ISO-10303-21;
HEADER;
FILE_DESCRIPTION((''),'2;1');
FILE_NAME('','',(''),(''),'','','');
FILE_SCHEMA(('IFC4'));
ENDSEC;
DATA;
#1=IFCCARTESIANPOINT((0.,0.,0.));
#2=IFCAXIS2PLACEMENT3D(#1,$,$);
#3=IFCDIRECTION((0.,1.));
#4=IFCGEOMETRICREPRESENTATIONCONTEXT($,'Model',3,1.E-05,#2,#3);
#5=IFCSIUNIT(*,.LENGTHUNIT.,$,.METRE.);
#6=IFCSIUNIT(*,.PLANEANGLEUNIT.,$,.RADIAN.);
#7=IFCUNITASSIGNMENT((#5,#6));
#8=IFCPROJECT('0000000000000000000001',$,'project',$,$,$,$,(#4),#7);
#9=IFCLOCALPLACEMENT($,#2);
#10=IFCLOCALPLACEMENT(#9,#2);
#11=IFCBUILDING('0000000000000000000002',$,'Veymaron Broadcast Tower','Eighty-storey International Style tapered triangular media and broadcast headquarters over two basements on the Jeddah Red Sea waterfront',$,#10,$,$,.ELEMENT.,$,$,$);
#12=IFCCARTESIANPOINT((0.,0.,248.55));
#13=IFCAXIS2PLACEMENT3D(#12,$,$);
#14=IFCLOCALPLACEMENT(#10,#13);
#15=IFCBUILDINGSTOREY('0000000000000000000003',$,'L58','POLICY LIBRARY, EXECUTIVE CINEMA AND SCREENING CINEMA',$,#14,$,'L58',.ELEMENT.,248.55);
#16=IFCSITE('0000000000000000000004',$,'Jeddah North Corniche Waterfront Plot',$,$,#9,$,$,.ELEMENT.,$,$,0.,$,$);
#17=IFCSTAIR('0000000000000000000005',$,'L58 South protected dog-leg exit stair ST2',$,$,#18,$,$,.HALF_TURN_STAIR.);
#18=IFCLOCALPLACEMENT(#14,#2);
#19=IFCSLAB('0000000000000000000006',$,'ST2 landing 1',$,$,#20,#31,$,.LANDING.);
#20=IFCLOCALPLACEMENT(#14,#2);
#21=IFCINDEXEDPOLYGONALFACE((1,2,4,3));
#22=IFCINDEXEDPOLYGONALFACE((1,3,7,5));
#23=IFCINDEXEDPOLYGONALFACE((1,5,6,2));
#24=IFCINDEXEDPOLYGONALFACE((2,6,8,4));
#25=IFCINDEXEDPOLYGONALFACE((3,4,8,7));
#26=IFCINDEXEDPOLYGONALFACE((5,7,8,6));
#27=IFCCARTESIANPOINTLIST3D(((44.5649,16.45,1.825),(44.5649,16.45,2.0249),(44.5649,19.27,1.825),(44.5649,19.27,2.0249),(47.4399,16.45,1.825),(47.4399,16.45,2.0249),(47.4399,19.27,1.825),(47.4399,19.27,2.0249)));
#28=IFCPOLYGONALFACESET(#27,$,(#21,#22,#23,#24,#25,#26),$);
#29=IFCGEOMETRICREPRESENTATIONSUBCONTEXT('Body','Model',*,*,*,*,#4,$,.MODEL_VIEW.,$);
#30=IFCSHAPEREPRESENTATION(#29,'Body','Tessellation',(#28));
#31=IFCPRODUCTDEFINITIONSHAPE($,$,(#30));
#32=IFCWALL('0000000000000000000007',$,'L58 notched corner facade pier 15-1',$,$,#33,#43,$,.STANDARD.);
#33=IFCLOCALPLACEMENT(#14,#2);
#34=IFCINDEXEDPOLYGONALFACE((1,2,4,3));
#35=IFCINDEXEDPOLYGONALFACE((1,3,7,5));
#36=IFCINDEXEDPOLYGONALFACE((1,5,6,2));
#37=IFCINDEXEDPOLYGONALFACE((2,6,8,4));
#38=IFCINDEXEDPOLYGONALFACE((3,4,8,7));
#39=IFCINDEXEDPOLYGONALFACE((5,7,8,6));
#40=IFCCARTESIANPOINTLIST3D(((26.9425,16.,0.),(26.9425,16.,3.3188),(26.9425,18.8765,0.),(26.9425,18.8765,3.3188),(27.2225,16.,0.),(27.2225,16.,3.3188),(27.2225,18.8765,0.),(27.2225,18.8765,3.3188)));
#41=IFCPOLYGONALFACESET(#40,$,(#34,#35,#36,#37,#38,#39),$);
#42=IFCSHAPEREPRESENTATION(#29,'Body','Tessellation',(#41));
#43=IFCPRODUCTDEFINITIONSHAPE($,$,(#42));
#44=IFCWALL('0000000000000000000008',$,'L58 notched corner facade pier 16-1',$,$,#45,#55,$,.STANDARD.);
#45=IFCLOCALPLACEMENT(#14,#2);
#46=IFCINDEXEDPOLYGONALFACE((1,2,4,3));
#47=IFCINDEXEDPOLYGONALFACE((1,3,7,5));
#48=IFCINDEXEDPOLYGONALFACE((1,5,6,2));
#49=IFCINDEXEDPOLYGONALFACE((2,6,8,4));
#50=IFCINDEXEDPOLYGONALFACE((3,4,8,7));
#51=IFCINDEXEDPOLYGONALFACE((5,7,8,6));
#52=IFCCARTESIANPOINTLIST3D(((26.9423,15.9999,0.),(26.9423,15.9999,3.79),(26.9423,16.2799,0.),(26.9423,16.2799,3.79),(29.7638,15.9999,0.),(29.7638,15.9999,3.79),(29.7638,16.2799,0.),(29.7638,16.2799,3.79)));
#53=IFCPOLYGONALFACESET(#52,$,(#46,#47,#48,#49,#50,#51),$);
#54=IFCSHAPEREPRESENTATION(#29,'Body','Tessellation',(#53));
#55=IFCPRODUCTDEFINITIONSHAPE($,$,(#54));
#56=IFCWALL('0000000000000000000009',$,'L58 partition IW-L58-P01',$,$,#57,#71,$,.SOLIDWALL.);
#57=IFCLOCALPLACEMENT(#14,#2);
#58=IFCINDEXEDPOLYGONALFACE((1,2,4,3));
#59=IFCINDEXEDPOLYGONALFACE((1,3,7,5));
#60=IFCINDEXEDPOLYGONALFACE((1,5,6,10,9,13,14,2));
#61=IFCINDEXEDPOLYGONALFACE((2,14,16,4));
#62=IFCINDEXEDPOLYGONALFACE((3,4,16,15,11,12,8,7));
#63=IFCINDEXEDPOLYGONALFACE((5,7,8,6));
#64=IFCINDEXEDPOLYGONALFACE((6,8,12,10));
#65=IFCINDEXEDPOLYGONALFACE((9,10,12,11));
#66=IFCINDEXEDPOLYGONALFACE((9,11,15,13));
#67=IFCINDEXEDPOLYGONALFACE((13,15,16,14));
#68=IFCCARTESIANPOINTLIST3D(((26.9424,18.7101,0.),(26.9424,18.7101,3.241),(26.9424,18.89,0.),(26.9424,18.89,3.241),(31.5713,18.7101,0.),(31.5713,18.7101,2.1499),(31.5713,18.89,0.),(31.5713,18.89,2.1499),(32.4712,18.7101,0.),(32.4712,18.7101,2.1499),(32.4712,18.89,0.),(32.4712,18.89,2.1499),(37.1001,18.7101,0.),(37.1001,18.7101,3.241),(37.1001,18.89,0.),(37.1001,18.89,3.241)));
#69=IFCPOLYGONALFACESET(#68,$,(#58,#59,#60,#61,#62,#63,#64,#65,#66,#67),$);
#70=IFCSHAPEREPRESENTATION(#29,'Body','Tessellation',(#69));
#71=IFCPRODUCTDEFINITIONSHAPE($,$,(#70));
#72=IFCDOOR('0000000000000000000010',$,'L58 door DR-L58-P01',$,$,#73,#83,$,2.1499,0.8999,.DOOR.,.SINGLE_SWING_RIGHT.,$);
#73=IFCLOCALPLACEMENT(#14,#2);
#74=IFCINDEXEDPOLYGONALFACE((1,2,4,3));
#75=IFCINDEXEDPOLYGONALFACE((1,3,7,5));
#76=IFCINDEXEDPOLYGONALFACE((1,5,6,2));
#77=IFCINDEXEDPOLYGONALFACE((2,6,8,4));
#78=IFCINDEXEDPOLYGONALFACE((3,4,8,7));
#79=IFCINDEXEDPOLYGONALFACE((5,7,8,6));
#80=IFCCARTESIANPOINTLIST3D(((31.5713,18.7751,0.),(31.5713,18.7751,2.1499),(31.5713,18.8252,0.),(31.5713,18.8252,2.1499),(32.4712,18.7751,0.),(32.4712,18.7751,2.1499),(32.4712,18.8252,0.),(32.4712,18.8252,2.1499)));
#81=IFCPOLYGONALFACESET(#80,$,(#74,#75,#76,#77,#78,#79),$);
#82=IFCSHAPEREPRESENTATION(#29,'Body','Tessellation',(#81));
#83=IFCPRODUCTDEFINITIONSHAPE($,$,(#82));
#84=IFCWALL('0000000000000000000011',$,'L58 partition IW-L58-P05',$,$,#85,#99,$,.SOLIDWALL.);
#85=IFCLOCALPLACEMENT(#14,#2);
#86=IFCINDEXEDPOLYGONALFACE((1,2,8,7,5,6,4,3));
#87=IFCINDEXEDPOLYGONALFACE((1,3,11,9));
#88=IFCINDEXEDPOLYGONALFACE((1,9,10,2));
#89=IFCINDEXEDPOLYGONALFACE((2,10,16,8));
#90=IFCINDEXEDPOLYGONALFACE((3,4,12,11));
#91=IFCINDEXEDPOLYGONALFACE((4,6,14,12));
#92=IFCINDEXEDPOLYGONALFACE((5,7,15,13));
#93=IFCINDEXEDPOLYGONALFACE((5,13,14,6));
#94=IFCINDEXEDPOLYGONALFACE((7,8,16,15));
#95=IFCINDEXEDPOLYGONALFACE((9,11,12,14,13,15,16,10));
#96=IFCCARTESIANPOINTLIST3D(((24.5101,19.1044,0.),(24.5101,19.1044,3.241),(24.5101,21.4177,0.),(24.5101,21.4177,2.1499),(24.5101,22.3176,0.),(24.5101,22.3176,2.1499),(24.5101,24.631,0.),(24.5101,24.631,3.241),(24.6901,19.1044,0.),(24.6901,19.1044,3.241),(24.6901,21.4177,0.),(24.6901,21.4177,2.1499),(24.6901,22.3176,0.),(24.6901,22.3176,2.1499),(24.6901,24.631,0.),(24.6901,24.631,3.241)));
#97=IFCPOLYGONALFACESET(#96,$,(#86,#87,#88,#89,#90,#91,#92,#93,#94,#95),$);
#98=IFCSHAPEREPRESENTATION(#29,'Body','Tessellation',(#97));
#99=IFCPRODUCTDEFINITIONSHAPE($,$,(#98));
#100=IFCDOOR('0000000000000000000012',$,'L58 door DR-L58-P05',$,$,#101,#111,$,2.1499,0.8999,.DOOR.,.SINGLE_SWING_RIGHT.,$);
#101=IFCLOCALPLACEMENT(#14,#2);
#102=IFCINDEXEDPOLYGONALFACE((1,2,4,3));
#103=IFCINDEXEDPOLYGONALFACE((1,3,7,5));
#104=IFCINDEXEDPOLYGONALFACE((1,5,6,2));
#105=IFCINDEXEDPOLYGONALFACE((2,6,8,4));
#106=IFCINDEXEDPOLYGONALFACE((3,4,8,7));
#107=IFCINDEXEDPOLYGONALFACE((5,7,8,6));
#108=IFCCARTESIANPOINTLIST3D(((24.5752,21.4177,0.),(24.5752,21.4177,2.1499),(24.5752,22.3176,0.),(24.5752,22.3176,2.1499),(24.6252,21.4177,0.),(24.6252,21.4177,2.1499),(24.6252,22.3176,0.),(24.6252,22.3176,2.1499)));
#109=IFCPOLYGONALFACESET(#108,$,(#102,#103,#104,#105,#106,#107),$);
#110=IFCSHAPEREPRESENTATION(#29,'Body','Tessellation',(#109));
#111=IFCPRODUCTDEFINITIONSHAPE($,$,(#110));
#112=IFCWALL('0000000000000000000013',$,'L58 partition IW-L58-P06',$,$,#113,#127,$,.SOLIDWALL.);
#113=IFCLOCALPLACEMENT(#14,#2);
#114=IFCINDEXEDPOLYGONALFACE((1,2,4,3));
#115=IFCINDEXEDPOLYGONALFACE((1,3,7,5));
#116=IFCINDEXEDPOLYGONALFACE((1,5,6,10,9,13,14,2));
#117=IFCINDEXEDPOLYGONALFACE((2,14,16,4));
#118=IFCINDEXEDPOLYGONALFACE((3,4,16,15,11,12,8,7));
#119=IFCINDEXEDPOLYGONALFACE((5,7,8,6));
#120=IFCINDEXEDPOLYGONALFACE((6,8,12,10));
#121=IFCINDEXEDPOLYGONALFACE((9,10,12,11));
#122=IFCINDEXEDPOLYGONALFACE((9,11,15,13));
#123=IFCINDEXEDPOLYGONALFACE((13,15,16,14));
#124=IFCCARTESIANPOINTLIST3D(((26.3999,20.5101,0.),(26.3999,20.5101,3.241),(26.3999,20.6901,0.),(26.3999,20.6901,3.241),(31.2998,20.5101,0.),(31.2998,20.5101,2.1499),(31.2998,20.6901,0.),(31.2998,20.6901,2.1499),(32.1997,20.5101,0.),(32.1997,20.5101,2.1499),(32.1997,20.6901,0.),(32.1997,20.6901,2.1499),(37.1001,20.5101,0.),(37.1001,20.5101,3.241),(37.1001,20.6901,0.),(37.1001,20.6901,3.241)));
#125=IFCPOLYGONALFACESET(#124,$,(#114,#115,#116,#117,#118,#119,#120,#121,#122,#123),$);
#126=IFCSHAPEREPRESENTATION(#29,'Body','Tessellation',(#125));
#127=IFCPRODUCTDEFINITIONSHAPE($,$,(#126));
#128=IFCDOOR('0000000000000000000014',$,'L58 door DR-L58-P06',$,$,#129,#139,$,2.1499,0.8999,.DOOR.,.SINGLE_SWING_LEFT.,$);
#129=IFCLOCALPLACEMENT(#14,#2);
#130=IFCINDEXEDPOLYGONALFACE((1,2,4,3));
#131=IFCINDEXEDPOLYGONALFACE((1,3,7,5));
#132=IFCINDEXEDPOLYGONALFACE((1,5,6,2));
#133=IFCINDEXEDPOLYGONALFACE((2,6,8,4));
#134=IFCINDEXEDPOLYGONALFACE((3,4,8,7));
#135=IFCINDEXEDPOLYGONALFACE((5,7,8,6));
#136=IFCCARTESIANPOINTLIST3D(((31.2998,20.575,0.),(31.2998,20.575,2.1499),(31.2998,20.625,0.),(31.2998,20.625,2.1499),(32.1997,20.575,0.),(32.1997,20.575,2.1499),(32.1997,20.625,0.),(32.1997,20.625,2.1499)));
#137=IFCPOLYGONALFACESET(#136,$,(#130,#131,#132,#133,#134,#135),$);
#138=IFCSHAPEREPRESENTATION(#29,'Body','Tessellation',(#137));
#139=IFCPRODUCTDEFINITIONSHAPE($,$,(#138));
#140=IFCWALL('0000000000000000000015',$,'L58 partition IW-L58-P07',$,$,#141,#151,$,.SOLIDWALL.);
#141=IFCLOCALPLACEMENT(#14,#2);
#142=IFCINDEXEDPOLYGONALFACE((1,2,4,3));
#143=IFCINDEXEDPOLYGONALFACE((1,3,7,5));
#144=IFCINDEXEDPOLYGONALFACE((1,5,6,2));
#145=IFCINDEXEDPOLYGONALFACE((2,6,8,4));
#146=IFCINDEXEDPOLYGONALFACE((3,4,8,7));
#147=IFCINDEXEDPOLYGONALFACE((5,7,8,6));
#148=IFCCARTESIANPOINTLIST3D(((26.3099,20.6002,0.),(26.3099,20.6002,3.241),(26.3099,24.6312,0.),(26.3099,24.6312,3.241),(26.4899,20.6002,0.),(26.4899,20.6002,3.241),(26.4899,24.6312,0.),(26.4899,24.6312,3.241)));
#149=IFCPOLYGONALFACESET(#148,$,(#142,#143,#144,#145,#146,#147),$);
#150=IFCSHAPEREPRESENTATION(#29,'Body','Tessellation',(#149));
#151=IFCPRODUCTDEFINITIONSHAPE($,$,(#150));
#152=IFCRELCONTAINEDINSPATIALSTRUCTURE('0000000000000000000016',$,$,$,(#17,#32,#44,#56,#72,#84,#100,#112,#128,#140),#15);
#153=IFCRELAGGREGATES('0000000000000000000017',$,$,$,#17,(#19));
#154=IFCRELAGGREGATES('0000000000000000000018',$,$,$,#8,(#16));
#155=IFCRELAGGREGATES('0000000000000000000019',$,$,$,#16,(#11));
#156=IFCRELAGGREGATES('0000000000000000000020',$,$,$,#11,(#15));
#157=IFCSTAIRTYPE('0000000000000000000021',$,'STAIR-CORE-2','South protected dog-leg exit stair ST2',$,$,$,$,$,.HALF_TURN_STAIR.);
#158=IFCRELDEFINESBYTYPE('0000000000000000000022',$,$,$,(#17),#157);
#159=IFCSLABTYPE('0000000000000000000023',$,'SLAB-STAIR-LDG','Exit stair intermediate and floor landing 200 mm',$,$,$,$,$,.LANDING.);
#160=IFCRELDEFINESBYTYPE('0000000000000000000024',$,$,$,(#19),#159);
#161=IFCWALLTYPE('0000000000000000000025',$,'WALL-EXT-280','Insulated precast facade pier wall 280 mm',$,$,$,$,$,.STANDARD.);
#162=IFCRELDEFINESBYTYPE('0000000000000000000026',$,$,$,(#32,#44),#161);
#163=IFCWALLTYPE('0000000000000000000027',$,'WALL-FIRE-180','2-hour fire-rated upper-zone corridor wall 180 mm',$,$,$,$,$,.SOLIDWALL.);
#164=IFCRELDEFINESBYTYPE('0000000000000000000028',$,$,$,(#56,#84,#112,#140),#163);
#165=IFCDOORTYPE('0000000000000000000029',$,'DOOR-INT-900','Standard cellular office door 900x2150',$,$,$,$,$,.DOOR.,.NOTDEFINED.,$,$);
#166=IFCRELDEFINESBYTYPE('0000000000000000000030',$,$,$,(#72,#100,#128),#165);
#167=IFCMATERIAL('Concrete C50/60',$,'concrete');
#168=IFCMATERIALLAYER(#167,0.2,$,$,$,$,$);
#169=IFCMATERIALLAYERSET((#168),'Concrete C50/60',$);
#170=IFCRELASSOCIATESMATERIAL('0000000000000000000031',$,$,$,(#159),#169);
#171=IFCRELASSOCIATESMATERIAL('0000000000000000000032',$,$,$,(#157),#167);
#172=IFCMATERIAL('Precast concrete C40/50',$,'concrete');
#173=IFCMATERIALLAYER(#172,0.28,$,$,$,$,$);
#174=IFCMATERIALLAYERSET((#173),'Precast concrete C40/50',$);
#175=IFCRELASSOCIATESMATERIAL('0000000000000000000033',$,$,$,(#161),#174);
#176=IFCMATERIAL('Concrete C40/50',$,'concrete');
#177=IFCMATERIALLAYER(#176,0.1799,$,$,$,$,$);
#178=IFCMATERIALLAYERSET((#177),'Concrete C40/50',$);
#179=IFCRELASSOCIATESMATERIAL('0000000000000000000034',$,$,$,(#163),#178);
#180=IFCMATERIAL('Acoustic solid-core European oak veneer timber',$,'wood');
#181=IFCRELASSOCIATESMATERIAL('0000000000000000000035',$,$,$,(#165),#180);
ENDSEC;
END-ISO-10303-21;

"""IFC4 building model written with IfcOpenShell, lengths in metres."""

from ifc_helpers import new_model, si_unit, direction, frame, frame_2d, origin, place, context, subcontext, project, spatial, polyline, rectangle, outline, extrude, material, layer, layer_set, type_object, element, fill, aggregate, save


model = new_model("IFC4")

# Units and contexts
model_context = context("Model", 3, precision=1e-05, world=origin(), true_north=direction((0.0, 1.0)))
body_context = subcontext(model_context, "Body", "Model", "MODEL_VIEW")
ifc_project = project(units=[si_unit("LENGTHUNIT", "METRE"), si_unit("PLANEANGLEUNIT", "RADIAN")], contexts=[model_context])

# Site, building, storey
site_placement = place(None, origin())
site = spatial("IfcSite", under=ifc_project, at=site_placement, Name="Jeddah North Corniche Waterfront Plot", CompositionType="ELEMENT", RefElevation=0.0)
building_placement = place(site_placement, origin())
building = spatial("IfcBuilding", under=site, at=building_placement, Name="Veymaron Broadcast Tower", Description="Eighty-storey International Style tapered triangular media and broadcast headquarters over two basements on the Jeddah Red Sea waterfront", CompositionType="ELEMENT")
storey_placement = place(building_placement, frame((0.0, 0.0, 248.55)))
storey = spatial("IfcBuildingStorey", under=building, at=storey_placement, Name="L58", Description="POLICY LIBRARY, EXECUTIVE CINEMA AND SCREENING CINEMA", LongName="L58", CompositionType="ELEMENT", Elevation=248.55)

# Shared definitions
ifc_material_1 = material(Name="Concrete C40/50", Category="concrete")

# Stair, slab
ifc_material_2 = material(Name="Concrete C50/60", Category="concrete")
ifc_layer_1 = layer(ifc_material_2, 0.2)
ifc_layer_set_1 = layer_set([ifc_layer_1], Name="Concrete C50/60")
slab_type_1 = type_object("IfcSlabType", Name="SLAB-STAIR-LDG", Description="Exit stair intermediate and floor landing 200 mm", PredefinedType="LANDING", material=ifc_layer_set_1)
stair_type_1 = type_object("IfcStairType", Name="STAIR-CORE-2", Description="South protected dog-leg exit stair ST2", PredefinedType="HALF_TURN_STAIR", material=ifc_material_2)
stair_1_placement = place(storey_placement, origin())
stair_1 = element("IfcStair", 1, at=stair_1_placement, inside=storey, type_object=stair_type_1, Name="L58 South protected dog-leg exit stair ST2", PredefinedType="HALF_TURN_STAIR")
slab_1_placement = place(storey_placement, frame((0.0, 0.0, 1.825)))
slab_1 = element("IfcSlab", 2, at=slab_1_placement, type_object=slab_type_1, Name="ST2 landing 1", PredefinedType="LANDING", context=body_context, shape_type="SweptSolid", body=[
    extrude(outline(polyline([(44.5649, 16.45), (47.4399, 16.45), (47.4399, 19.27), (44.5649, 19.27), (44.5649, 16.45)])), origin(), (0.0, 0.0, 1.0), 0.2),
])
aggregate(stair_1, [slab_1])

# Walls
ifc_material_3 = material(Name="Precast concrete C40/50", Category="concrete")
ifc_layer_2 = layer(ifc_material_3, 0.28)
ifc_layer_set_2 = layer_set([ifc_layer_2], Name="Precast concrete C40/50")
wall_type_1 = type_object("IfcWallType", Name="WALL-EXT-280", Description="Insulated precast facade pier wall 280 mm", PredefinedType="STANDARD", material=ifc_layer_set_2)
wall_1_placement = place(storey_placement, frame((27.0825, 18.8765, 0.0), z_axis=(0.0, 0.0, 1.0), x_axis=(0.0, -1.0, 0.0)))
element("IfcWall", 3, at=wall_1_placement, inside=storey, type_object=wall_type_1, Name="L58 notched corner facade pier 15-1", PredefinedType="STANDARD", context=body_context, shape_type="SweptSolid", body=[
    extrude(rectangle(XDim=2.8765, YDim=0.28, at=frame_2d((1.4382, 0.0))), origin(), (0.0, 0.0, 1.0), 3.3188),
])
wall_2_placement = place(storey_placement, frame((26.9424, 16.1399, 0.0), z_axis=(0.0, 0.0, 1.0), x_axis=(1.0, 0.0, 0.0)))
element("IfcWall", 4, at=wall_2_placement, inside=storey, type_object=wall_type_1, Name="L58 notched corner facade pier 16-1", PredefinedType="STANDARD", context=body_context, shape_type="SweptSolid", body=[
    extrude(rectangle(XDim=2.8215, YDim=0.28, at=frame_2d((1.4106, 0.0))), origin(), (0.0, 0.0, 1.0), 3.79),
])

# Walls, openings, doors
ifc_layer_3 = layer(ifc_material_1, 0.1799)
ifc_layer_set_3 = layer_set([ifc_layer_3], Name="Concrete C40/50")
wall_type_2 = type_object("IfcWallType", Name="WALL-FIRE-180", Description="2-hour fire-rated upper-zone corridor wall 180 mm", PredefinedType="SOLIDWALL", material=ifc_layer_set_3)
wall_3_placement = place(storey_placement, frame((26.9424, 18.8, 0.0), z_axis=(0.0, 0.0, 1.0), x_axis=(1.0, 0.0, 0.0)))
wall_3 = element("IfcWall", 5, at=wall_3_placement, inside=storey, type_object=wall_type_2, Name="L58 partition IW-L58-P01", PredefinedType="SOLIDWALL", context=body_context, shape_type="SweptSolid", body=[
    extrude(rectangle(XDim=10.1577, YDim=0.1799, at=frame_2d((5.0789, 0.0))), origin(), (0.0, 0.0, 1.0), 3.241),
])
opening_1_placement = place(wall_3_placement, frame((4.6289, 0.0, 0.0)))
opening_1 = element("IfcOpeningElement", 6, at=opening_1_placement, cuts=wall_3, PredefinedType="OPENING", context=body_context, shape_type="SweptSolid", body=[
    extrude(rectangle(XDim=0.8999, YDim=2.1499, at=frame_2d((0.45, 1.075))), frame((0.0, 0.1001, 0.0), z_axis=(0.0, -1.0, 0.0), x_axis=(1.0, 0.0, 0.0)), (0.0, 0.0, 1.0), 0.2),
])
ifc_material_4 = material(Name="Acoustic solid-core European oak veneer timber", Category="wood")
door_type = type_object("IfcDoorType", Name="DOOR-INT-900", Description="Standard cellular office door 900x2150", OperationType="NOTDEFINED", PredefinedType="DOOR", material=ifc_material_4)
door_1_placement = place(opening_1_placement, frame((0.8999, 0.0, 0.0), z_axis=(0.0, 0.0, 1.0), x_axis=(-1.0, 0.0, 0.0)))
door_1 = element("IfcDoor", 7, at=door_1_placement, inside=storey, type_object=door_type, Name="L58 door DR-L58-P01", OperationType="SINGLE_SWING_RIGHT", OverallHeight=2.1499, OverallWidth=0.8999, PredefinedType="DOOR", context=body_context, shape_type="SweptSolid", body=[
    extrude(rectangle(XDim=0.8999, YDim=2.1499, at=frame_2d((0.45, 1.075))), frame((0.0, 0.0249, 0.0), z_axis=(0.0, -1.0, 0.0), x_axis=(1.0, 0.0, 0.0)), (0.0, 0.0, 1.0), 0.05),
])
fill(opening_1, door_1)
wall_4_placement = place(storey_placement, frame((24.6001, 19.1045, 0.0), z_axis=(0.0, 0.0, 1.0), x_axis=(0.0, 1.0, 0.0)))
wall_4 = element("IfcWall", 8, at=wall_4_placement, inside=storey, type_object=wall_type_2, Name="L58 partition IW-L58-P05", PredefinedType="SOLIDWALL", context=body_context, shape_type="SweptSolid", body=[
    extrude(rectangle(XDim=5.5266, YDim=0.1799, at=frame_2d((2.7632, 0.0))), origin(), (0.0, 0.0, 1.0), 3.241),
])
opening_2_placement = place(wall_4_placement, frame((2.3132, 0.0, 0.0)))
opening_2 = element("IfcOpeningElement", 9, at=opening_2_placement, cuts=wall_4, PredefinedType="OPENING", context=body_context, shape_type="SweptSolid", body=[
    extrude(rectangle(XDim=0.8999, YDim=2.1499, at=frame_2d((0.45, 1.075))), frame((0.0, 0.1001, 0.0), z_axis=(0.0, -1.0, 0.0), x_axis=(1.0, 0.0, 0.0)), (0.0, 0.0, 1.0), 0.2),
])
door_2_placement = place(opening_2_placement, origin())
door_2 = element("IfcDoor", 10, at=door_2_placement, inside=storey, type_object=door_type, Name="L58 door DR-L58-P05", OperationType="SINGLE_SWING_RIGHT", OverallHeight=2.1499, OverallWidth=0.8999, PredefinedType="DOOR", context=body_context, shape_type="SweptSolid", body=[
    extrude(rectangle(XDim=0.8999, YDim=2.1499, at=frame_2d((0.45, 1.075))), frame((0.0, 0.0249, 0.0), z_axis=(0.0, -1.0, 0.0), x_axis=(1.0, 0.0, 0.0)), (0.0, 0.0, 1.0), 0.05),
])
fill(opening_2, door_2)
wall_5_placement = place(storey_placement, frame((26.3999, 20.6001, 0.0), z_axis=(0.0, 0.0, 1.0), x_axis=(1.0, 0.0, 0.0)))
wall_5 = element("IfcWall", 11, at=wall_5_placement, inside=storey, type_object=wall_type_2, Name="L58 partition IW-L58-P06", PredefinedType="SOLIDWALL", context=body_context, shape_type="SweptSolid", body=[
    extrude(rectangle(XDim=10.7002, YDim=0.1799, at=frame_2d((5.3501, 0.0))), origin(), (0.0, 0.0, 1.0), 3.241),
])
opening_3_placement = place(wall_5_placement, frame((4.8999, 0.0, 0.0)))
opening_3 = element("IfcOpeningElement", 12, at=opening_3_placement, cuts=wall_5, PredefinedType="OPENING", context=body_context, shape_type="SweptSolid", body=[
    extrude(rectangle(XDim=0.8999, YDim=2.1499, at=frame_2d((0.45, 1.075))), frame((0.0, 0.1001, 0.0), z_axis=(0.0, -1.0, 0.0), x_axis=(1.0, 0.0, 0.0)), (0.0, 0.0, 1.0), 0.2),
])
door_3_placement = place(opening_3_placement, origin())
door_3 = element("IfcDoor", 13, at=door_3_placement, inside=storey, type_object=door_type, Name="L58 door DR-L58-P06", OperationType="SINGLE_SWING_LEFT", OverallHeight=2.1499, OverallWidth=0.8999, PredefinedType="DOOR", context=body_context, shape_type="SweptSolid", body=[
    extrude(rectangle(XDim=0.8999, YDim=2.1499, at=frame_2d((0.45, 1.075))), frame((0.0, 0.0249, 0.0), z_axis=(0.0, -1.0, 0.0), x_axis=(1.0, 0.0, 0.0)), (0.0, 0.0, 1.0), 0.05),
])
fill(opening_3, door_3)

# Wall
wall_6_placement = place(storey_placement, frame((26.3999, 20.6001, 0.0), z_axis=(0.0, 0.0, 1.0), x_axis=(0.0, 1.0, 0.0)))
element("IfcWall", 14, at=wall_6_placement, inside=storey, type_object=wall_type_2, Name="L58 partition IW-L58-P07", PredefinedType="SOLIDWALL", context=body_context, shape_type="SweptSolid", body=[
    extrude(rectangle(XDim=4.031, YDim=0.1799, at=frame_2d((2.0156, 0.0))), origin(), (0.0, 0.0, 1.0), 3.241),
])

save(model, "model.ifc")
